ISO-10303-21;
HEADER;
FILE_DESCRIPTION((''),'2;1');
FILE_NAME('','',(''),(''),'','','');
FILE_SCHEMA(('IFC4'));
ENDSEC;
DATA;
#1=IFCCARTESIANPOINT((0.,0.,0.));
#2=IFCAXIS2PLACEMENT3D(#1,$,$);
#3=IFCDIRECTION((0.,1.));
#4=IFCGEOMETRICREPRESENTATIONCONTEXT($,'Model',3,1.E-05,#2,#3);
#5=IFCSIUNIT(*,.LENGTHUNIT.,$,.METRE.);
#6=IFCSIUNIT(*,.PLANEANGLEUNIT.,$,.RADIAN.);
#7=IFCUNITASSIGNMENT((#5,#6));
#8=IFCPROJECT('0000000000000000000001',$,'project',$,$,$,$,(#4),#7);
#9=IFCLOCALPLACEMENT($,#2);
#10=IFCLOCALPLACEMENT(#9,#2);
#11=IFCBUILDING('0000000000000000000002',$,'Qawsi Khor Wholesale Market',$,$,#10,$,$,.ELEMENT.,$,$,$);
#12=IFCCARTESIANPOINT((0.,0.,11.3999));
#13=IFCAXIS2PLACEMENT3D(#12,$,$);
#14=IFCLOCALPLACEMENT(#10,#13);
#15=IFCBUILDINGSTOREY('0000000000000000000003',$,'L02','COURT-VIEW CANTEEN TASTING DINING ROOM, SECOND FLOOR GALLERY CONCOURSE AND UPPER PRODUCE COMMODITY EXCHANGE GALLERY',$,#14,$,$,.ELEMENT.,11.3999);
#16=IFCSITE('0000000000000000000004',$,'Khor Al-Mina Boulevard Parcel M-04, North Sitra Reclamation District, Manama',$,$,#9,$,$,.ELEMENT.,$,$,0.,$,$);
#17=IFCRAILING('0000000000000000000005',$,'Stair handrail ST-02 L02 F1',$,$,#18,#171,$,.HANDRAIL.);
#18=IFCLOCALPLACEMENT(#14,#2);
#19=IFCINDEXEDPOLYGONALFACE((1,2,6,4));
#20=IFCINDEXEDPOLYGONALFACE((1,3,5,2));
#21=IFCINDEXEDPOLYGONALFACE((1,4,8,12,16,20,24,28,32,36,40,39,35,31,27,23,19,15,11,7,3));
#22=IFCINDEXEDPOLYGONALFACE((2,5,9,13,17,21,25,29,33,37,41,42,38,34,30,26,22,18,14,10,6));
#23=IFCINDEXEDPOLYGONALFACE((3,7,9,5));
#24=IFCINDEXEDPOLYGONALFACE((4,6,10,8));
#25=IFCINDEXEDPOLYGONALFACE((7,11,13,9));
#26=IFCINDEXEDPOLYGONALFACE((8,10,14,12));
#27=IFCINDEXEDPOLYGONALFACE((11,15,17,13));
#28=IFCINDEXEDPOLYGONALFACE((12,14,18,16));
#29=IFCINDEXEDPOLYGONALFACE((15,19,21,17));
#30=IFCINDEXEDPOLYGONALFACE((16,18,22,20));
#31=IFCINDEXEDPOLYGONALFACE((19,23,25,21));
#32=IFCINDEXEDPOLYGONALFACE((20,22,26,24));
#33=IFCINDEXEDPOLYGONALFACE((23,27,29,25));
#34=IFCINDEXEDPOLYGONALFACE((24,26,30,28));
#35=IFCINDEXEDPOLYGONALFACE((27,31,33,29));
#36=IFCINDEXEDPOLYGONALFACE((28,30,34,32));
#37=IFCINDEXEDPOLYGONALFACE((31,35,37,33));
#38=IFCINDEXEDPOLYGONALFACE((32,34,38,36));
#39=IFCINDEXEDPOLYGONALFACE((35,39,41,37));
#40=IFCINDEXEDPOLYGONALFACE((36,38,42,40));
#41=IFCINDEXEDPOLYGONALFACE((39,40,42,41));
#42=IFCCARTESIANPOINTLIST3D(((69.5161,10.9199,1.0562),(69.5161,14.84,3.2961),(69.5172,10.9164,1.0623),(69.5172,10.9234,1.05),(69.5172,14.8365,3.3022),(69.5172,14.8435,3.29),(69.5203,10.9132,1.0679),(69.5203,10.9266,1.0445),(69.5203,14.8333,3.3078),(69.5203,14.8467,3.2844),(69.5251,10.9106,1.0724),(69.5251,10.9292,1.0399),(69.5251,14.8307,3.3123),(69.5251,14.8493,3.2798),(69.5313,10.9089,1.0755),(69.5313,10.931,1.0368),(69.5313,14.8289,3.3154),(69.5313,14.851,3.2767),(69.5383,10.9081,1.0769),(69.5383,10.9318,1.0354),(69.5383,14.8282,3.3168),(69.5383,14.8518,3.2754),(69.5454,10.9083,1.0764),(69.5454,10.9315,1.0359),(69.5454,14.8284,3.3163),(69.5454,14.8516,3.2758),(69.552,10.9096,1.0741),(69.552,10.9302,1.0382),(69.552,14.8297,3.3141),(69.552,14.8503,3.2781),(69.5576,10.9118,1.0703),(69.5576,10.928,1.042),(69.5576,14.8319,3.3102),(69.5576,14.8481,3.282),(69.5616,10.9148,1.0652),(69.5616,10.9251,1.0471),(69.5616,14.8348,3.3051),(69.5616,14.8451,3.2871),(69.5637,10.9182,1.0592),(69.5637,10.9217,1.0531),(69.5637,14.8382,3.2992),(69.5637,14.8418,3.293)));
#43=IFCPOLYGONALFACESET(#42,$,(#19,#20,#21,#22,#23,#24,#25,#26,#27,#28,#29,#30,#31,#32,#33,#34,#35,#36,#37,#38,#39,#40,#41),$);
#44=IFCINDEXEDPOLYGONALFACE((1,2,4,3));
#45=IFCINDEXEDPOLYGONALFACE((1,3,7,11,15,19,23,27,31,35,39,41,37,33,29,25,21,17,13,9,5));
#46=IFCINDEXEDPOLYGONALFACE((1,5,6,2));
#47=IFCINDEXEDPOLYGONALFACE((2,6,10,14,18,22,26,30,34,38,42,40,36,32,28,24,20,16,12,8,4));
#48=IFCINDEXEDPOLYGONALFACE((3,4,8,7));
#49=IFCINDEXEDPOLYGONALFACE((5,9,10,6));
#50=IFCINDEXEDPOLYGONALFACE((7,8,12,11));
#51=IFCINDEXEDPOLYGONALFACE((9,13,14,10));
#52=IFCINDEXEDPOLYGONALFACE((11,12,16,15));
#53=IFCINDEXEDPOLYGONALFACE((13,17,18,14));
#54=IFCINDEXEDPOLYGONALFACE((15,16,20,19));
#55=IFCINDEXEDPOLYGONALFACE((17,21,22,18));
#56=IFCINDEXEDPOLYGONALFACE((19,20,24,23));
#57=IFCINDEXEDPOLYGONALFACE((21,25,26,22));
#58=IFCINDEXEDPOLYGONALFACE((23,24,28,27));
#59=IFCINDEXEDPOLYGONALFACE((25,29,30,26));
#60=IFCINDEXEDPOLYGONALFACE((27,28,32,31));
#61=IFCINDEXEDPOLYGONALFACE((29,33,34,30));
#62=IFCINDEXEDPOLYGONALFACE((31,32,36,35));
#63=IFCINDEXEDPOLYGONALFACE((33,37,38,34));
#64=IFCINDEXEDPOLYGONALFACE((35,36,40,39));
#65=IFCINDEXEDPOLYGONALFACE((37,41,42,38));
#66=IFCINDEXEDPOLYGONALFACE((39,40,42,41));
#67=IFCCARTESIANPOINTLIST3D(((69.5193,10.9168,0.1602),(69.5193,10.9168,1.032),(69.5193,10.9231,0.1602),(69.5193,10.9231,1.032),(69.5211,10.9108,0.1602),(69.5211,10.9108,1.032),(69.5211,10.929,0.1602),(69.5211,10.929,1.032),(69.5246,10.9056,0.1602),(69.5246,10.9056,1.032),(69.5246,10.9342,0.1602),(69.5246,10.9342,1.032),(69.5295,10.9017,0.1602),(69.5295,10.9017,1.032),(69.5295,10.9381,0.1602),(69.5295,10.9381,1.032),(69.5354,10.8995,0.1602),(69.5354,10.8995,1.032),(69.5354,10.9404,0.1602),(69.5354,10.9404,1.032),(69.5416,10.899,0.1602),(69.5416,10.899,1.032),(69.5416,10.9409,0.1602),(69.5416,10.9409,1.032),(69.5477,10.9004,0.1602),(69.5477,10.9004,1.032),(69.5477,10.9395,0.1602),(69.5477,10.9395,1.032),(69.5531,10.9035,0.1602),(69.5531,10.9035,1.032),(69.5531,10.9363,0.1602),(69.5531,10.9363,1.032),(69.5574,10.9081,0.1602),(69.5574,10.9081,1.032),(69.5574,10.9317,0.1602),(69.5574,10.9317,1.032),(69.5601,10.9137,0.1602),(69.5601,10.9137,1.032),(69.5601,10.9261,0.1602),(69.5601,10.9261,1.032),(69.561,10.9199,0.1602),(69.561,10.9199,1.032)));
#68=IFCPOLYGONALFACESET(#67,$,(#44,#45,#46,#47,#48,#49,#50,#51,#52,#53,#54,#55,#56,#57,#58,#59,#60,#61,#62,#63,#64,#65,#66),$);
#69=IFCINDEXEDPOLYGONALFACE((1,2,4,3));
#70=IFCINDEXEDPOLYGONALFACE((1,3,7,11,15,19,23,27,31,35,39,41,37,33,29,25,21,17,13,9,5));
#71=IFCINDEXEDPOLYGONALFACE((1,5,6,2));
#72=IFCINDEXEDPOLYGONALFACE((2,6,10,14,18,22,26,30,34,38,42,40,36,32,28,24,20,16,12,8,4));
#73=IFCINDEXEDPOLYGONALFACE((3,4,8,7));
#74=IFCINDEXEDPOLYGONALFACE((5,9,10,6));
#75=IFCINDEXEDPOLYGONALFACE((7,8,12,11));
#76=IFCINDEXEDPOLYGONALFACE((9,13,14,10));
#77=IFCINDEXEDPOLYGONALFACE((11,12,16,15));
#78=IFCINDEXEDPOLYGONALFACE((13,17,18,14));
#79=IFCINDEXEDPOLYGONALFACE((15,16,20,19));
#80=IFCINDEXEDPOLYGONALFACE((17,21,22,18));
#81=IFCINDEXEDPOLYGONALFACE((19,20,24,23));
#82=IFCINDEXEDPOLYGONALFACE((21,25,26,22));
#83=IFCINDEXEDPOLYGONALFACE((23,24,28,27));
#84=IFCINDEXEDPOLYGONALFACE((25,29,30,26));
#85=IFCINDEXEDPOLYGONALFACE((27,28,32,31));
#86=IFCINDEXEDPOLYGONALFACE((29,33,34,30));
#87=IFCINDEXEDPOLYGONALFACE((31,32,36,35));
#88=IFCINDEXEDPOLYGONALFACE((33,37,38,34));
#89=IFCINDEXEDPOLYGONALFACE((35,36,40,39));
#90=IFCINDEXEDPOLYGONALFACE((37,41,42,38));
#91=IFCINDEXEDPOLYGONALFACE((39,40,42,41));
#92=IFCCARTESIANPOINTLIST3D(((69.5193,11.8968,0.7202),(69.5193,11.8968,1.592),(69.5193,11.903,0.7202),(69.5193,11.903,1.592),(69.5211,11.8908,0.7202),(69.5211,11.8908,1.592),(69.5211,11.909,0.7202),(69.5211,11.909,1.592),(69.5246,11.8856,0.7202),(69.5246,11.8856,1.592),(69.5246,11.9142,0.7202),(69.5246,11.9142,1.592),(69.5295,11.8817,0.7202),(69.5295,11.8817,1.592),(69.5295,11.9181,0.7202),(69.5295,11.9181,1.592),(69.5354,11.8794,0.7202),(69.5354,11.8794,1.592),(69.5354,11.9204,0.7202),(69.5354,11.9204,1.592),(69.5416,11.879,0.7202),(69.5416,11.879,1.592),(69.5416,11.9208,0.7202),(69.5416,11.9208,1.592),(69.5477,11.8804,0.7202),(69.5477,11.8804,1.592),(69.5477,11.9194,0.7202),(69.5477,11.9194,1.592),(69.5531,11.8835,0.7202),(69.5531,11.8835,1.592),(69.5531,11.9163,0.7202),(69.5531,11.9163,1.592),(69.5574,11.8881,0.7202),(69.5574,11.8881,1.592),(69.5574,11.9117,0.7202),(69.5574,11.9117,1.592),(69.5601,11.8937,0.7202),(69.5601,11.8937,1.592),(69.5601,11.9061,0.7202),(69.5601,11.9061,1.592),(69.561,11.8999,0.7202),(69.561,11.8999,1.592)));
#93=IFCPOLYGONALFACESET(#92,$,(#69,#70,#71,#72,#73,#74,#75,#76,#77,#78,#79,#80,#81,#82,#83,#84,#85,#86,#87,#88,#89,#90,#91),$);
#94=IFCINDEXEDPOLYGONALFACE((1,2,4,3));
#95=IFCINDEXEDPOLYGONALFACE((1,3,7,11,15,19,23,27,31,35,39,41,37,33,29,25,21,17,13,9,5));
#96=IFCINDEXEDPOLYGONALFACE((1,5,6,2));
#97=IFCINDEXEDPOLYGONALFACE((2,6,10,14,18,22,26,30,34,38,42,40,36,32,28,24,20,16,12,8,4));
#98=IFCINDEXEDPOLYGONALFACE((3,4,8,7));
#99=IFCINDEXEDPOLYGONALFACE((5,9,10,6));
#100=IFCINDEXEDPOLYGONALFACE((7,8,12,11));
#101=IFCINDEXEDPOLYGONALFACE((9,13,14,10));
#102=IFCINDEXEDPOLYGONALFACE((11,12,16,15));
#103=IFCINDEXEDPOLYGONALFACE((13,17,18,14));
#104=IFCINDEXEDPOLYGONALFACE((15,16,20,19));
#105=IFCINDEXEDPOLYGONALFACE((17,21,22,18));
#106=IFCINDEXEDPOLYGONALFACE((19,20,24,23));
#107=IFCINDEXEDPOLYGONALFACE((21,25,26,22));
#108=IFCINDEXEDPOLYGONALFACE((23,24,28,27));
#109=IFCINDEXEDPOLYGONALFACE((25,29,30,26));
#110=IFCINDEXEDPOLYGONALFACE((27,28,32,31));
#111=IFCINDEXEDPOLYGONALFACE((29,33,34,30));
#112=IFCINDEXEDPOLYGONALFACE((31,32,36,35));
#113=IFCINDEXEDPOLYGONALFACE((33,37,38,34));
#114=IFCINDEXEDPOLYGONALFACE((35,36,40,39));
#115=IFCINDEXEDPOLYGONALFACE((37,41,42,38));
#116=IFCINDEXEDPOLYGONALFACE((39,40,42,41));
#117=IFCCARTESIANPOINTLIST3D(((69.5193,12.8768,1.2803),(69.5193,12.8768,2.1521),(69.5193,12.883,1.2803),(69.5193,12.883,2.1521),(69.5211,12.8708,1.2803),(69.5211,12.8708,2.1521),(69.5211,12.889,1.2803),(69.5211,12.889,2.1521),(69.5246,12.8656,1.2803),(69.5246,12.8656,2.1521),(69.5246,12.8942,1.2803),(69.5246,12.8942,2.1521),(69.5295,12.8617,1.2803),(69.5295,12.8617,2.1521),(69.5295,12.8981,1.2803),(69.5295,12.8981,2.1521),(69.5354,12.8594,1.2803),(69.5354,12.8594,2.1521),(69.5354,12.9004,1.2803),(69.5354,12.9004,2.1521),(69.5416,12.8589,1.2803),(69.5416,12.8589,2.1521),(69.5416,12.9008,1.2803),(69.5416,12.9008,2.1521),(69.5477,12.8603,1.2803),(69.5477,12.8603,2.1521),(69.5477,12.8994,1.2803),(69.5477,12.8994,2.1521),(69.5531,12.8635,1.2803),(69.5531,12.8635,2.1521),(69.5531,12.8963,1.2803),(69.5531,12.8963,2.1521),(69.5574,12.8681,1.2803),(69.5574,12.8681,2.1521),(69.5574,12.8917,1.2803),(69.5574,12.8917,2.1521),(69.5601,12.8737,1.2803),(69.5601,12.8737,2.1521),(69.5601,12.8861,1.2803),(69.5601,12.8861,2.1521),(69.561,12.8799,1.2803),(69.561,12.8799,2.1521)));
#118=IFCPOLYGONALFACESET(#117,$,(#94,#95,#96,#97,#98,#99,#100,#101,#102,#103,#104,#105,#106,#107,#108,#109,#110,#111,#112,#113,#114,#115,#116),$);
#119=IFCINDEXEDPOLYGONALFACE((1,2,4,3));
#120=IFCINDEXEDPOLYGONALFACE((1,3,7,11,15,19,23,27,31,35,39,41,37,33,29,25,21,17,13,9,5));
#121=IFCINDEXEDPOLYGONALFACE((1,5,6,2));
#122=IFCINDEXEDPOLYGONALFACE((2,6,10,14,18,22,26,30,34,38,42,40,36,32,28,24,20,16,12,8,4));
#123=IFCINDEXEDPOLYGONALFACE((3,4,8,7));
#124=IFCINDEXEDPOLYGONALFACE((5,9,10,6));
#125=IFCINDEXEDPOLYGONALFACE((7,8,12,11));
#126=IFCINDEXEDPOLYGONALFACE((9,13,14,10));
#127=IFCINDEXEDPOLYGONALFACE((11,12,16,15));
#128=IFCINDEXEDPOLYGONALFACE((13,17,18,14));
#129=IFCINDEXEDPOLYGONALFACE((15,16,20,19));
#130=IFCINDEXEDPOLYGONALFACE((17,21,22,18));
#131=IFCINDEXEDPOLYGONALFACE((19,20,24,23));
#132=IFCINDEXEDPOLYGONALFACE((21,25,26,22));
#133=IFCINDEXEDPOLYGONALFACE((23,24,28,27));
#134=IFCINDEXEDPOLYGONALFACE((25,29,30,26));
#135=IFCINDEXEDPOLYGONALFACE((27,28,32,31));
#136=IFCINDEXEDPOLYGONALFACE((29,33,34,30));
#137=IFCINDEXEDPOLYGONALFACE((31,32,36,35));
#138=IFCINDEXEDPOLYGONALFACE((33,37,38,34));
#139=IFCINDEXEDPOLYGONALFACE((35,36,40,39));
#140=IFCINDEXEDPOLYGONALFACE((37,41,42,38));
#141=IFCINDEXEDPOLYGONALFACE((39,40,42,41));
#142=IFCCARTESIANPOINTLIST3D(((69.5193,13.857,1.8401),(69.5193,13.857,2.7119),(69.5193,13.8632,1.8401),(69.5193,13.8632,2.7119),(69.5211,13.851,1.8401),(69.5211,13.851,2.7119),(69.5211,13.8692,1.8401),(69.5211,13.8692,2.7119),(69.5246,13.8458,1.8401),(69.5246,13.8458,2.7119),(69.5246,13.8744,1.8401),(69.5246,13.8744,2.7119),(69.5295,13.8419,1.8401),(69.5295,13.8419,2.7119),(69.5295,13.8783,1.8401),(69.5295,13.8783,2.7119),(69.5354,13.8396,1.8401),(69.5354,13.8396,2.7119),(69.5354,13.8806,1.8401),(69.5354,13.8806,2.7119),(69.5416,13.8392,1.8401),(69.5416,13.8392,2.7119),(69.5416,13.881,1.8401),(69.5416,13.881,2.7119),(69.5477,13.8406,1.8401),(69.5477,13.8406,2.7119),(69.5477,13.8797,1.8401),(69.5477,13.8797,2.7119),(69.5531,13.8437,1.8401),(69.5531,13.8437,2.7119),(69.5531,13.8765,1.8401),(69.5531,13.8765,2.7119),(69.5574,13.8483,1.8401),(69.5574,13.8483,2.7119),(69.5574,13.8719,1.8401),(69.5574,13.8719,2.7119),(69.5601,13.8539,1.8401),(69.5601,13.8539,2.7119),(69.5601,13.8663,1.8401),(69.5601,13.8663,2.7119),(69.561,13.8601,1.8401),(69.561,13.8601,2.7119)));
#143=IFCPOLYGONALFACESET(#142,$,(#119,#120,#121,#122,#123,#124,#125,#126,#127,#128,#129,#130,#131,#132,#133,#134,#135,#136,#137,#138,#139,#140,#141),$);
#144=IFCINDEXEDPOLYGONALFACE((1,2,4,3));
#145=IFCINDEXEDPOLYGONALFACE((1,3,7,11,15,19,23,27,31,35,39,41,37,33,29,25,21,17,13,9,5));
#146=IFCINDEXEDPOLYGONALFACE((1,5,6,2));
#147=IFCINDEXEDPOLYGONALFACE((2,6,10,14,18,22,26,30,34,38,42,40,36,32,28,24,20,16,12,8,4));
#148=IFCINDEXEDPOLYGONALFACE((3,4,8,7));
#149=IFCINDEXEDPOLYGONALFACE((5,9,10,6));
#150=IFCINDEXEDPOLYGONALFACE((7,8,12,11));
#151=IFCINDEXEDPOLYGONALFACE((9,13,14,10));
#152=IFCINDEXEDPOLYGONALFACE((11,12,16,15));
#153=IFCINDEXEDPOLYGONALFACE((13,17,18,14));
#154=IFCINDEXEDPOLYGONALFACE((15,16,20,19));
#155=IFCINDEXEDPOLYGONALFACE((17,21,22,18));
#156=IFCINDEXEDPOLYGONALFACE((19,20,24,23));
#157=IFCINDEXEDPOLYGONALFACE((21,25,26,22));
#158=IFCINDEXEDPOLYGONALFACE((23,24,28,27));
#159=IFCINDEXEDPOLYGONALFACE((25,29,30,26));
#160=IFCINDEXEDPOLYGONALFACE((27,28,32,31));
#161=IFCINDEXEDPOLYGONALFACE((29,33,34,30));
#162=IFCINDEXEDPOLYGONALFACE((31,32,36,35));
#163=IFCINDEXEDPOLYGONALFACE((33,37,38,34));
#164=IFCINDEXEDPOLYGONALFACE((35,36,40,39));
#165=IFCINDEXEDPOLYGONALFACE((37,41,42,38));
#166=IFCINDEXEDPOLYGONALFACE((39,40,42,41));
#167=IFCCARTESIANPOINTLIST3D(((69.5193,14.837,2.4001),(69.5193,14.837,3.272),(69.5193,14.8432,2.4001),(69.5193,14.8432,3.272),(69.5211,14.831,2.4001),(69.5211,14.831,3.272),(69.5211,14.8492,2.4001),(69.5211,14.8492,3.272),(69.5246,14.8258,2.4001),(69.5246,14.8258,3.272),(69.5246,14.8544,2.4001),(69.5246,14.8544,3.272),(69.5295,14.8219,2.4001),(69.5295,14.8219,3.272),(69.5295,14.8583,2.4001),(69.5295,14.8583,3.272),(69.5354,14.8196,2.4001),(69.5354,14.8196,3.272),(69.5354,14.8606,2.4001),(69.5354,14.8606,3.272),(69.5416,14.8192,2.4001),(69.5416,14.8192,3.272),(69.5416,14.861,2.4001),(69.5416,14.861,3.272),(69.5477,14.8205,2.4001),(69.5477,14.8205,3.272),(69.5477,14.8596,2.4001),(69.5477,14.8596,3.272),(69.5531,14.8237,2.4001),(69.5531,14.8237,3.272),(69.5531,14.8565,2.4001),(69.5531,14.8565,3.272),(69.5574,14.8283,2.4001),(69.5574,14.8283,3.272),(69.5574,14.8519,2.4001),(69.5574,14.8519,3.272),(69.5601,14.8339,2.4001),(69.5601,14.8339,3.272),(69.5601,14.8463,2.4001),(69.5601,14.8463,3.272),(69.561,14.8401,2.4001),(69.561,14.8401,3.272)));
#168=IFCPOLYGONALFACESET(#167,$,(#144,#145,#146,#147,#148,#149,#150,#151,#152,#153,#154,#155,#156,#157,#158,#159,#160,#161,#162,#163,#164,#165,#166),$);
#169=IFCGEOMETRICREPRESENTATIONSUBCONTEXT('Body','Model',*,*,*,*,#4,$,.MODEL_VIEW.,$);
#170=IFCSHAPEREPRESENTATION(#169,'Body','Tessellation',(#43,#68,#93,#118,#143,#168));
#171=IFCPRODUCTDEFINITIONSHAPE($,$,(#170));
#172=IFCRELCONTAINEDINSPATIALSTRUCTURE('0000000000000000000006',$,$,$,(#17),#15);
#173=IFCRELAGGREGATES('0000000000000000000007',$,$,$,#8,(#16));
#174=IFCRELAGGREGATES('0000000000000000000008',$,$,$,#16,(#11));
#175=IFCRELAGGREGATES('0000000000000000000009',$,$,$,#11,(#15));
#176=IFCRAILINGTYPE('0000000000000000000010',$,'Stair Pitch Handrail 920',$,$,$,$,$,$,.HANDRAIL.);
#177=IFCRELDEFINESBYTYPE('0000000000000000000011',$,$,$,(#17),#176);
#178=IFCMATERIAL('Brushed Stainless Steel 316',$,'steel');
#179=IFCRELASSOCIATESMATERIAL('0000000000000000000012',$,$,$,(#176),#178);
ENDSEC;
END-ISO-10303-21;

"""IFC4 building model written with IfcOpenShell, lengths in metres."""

from ifc_helpers import new_model, si_unit, direction, frame, origin, origin_2d, place, context, subcontext, project, spatial, circle, extrude, material, type_object, element, save


model = new_model("IFC4")

# Units and contexts
model_context = context("Model", 3, precision=1e-05, world=origin(), true_north=direction((0.0, 1.0)))
body_context = subcontext(model_context, "Body", "Model", "MODEL_VIEW")
ifc_project = project(units=[si_unit("LENGTHUNIT", "METRE"), si_unit("PLANEANGLEUNIT", "RADIAN")], contexts=[model_context])

# Site, building, storey
site_placement = place(None, origin())
site = spatial("IfcSite", under=ifc_project, at=site_placement, Name="Khor Al-Mina Boulevard Parcel M-04, North Sitra Reclamation District, Manama", CompositionType="ELEMENT", RefElevation=0.0)
building_placement = place(site_placement, origin())
building = spatial("IfcBuilding", under=site, at=building_placement, Name="Qawsi Khor Wholesale Market", CompositionType="ELEMENT")
storey_placement = place(building_placement, frame((0.0, 0.0, 11.3999)))
storey = spatial("IfcBuildingStorey", under=building, at=storey_placement, Name="L02", Description="COURT-VIEW CANTEEN TASTING DINING ROOM, SECOND FLOOR GALLERY CONCOURSE AND UPPER PRODUCE COMMODITY EXCHANGE GALLERY", CompositionType="ELEMENT", Elevation=11.3999)

# Railing
ifc_material_1 = material(Name="Brushed Stainless Steel 316", Category="steel")
railing_type_1 = type_object("IfcRailingType", Name="Stair Pitch Handrail 920", PredefinedType="HANDRAIL", material=ifc_material_1)
railing_1_placement = place(storey_placement, frame((69.54, 10.9199, 0.1602)))
element("IfcRailing", 1, at=railing_1_placement, inside=storey, type_object=railing_type_1, Name="Stair handrail ST-02 L02 F1", PredefinedType="HANDRAIL", context=body_context, shape_type="SweptSolid", body=[
    extrude(circle(Radius=0.0239, at=origin_2d()), frame((0.0, 0.0, 0.896), z_axis=(0.0, 0.868253, 0.496121), x_axis=(-1.0, 0.0, 0.0)), (0.0, 0.0, 1.0), 4.5149),
    extrude(circle(Radius=0.021, at=origin_2d()), origin(), (0.0, 0.0, 1.0), 0.8718),
    extrude(circle(Radius=0.021, at=origin_2d()), frame((0.0, 0.98, 0.5601)), (0.0, 0.0, 1.0), 0.8718),
    extrude(circle(Radius=0.021, at=origin_2d()), frame((0.0, 1.96, 1.1201)), (0.0, 0.0, 1.0), 0.8718),
    extrude(circle(Radius=0.021, at=origin_2d()), frame((0.0, 2.9402, 1.6799)), (0.0, 0.0, 1.0), 0.8718),
    extrude(circle(Radius=0.021, at=origin_2d()), frame((0.0, 3.9202, 2.24)), (0.0, 0.0, 1.0), 0.8718),
])

save(model, "model.ifc")
